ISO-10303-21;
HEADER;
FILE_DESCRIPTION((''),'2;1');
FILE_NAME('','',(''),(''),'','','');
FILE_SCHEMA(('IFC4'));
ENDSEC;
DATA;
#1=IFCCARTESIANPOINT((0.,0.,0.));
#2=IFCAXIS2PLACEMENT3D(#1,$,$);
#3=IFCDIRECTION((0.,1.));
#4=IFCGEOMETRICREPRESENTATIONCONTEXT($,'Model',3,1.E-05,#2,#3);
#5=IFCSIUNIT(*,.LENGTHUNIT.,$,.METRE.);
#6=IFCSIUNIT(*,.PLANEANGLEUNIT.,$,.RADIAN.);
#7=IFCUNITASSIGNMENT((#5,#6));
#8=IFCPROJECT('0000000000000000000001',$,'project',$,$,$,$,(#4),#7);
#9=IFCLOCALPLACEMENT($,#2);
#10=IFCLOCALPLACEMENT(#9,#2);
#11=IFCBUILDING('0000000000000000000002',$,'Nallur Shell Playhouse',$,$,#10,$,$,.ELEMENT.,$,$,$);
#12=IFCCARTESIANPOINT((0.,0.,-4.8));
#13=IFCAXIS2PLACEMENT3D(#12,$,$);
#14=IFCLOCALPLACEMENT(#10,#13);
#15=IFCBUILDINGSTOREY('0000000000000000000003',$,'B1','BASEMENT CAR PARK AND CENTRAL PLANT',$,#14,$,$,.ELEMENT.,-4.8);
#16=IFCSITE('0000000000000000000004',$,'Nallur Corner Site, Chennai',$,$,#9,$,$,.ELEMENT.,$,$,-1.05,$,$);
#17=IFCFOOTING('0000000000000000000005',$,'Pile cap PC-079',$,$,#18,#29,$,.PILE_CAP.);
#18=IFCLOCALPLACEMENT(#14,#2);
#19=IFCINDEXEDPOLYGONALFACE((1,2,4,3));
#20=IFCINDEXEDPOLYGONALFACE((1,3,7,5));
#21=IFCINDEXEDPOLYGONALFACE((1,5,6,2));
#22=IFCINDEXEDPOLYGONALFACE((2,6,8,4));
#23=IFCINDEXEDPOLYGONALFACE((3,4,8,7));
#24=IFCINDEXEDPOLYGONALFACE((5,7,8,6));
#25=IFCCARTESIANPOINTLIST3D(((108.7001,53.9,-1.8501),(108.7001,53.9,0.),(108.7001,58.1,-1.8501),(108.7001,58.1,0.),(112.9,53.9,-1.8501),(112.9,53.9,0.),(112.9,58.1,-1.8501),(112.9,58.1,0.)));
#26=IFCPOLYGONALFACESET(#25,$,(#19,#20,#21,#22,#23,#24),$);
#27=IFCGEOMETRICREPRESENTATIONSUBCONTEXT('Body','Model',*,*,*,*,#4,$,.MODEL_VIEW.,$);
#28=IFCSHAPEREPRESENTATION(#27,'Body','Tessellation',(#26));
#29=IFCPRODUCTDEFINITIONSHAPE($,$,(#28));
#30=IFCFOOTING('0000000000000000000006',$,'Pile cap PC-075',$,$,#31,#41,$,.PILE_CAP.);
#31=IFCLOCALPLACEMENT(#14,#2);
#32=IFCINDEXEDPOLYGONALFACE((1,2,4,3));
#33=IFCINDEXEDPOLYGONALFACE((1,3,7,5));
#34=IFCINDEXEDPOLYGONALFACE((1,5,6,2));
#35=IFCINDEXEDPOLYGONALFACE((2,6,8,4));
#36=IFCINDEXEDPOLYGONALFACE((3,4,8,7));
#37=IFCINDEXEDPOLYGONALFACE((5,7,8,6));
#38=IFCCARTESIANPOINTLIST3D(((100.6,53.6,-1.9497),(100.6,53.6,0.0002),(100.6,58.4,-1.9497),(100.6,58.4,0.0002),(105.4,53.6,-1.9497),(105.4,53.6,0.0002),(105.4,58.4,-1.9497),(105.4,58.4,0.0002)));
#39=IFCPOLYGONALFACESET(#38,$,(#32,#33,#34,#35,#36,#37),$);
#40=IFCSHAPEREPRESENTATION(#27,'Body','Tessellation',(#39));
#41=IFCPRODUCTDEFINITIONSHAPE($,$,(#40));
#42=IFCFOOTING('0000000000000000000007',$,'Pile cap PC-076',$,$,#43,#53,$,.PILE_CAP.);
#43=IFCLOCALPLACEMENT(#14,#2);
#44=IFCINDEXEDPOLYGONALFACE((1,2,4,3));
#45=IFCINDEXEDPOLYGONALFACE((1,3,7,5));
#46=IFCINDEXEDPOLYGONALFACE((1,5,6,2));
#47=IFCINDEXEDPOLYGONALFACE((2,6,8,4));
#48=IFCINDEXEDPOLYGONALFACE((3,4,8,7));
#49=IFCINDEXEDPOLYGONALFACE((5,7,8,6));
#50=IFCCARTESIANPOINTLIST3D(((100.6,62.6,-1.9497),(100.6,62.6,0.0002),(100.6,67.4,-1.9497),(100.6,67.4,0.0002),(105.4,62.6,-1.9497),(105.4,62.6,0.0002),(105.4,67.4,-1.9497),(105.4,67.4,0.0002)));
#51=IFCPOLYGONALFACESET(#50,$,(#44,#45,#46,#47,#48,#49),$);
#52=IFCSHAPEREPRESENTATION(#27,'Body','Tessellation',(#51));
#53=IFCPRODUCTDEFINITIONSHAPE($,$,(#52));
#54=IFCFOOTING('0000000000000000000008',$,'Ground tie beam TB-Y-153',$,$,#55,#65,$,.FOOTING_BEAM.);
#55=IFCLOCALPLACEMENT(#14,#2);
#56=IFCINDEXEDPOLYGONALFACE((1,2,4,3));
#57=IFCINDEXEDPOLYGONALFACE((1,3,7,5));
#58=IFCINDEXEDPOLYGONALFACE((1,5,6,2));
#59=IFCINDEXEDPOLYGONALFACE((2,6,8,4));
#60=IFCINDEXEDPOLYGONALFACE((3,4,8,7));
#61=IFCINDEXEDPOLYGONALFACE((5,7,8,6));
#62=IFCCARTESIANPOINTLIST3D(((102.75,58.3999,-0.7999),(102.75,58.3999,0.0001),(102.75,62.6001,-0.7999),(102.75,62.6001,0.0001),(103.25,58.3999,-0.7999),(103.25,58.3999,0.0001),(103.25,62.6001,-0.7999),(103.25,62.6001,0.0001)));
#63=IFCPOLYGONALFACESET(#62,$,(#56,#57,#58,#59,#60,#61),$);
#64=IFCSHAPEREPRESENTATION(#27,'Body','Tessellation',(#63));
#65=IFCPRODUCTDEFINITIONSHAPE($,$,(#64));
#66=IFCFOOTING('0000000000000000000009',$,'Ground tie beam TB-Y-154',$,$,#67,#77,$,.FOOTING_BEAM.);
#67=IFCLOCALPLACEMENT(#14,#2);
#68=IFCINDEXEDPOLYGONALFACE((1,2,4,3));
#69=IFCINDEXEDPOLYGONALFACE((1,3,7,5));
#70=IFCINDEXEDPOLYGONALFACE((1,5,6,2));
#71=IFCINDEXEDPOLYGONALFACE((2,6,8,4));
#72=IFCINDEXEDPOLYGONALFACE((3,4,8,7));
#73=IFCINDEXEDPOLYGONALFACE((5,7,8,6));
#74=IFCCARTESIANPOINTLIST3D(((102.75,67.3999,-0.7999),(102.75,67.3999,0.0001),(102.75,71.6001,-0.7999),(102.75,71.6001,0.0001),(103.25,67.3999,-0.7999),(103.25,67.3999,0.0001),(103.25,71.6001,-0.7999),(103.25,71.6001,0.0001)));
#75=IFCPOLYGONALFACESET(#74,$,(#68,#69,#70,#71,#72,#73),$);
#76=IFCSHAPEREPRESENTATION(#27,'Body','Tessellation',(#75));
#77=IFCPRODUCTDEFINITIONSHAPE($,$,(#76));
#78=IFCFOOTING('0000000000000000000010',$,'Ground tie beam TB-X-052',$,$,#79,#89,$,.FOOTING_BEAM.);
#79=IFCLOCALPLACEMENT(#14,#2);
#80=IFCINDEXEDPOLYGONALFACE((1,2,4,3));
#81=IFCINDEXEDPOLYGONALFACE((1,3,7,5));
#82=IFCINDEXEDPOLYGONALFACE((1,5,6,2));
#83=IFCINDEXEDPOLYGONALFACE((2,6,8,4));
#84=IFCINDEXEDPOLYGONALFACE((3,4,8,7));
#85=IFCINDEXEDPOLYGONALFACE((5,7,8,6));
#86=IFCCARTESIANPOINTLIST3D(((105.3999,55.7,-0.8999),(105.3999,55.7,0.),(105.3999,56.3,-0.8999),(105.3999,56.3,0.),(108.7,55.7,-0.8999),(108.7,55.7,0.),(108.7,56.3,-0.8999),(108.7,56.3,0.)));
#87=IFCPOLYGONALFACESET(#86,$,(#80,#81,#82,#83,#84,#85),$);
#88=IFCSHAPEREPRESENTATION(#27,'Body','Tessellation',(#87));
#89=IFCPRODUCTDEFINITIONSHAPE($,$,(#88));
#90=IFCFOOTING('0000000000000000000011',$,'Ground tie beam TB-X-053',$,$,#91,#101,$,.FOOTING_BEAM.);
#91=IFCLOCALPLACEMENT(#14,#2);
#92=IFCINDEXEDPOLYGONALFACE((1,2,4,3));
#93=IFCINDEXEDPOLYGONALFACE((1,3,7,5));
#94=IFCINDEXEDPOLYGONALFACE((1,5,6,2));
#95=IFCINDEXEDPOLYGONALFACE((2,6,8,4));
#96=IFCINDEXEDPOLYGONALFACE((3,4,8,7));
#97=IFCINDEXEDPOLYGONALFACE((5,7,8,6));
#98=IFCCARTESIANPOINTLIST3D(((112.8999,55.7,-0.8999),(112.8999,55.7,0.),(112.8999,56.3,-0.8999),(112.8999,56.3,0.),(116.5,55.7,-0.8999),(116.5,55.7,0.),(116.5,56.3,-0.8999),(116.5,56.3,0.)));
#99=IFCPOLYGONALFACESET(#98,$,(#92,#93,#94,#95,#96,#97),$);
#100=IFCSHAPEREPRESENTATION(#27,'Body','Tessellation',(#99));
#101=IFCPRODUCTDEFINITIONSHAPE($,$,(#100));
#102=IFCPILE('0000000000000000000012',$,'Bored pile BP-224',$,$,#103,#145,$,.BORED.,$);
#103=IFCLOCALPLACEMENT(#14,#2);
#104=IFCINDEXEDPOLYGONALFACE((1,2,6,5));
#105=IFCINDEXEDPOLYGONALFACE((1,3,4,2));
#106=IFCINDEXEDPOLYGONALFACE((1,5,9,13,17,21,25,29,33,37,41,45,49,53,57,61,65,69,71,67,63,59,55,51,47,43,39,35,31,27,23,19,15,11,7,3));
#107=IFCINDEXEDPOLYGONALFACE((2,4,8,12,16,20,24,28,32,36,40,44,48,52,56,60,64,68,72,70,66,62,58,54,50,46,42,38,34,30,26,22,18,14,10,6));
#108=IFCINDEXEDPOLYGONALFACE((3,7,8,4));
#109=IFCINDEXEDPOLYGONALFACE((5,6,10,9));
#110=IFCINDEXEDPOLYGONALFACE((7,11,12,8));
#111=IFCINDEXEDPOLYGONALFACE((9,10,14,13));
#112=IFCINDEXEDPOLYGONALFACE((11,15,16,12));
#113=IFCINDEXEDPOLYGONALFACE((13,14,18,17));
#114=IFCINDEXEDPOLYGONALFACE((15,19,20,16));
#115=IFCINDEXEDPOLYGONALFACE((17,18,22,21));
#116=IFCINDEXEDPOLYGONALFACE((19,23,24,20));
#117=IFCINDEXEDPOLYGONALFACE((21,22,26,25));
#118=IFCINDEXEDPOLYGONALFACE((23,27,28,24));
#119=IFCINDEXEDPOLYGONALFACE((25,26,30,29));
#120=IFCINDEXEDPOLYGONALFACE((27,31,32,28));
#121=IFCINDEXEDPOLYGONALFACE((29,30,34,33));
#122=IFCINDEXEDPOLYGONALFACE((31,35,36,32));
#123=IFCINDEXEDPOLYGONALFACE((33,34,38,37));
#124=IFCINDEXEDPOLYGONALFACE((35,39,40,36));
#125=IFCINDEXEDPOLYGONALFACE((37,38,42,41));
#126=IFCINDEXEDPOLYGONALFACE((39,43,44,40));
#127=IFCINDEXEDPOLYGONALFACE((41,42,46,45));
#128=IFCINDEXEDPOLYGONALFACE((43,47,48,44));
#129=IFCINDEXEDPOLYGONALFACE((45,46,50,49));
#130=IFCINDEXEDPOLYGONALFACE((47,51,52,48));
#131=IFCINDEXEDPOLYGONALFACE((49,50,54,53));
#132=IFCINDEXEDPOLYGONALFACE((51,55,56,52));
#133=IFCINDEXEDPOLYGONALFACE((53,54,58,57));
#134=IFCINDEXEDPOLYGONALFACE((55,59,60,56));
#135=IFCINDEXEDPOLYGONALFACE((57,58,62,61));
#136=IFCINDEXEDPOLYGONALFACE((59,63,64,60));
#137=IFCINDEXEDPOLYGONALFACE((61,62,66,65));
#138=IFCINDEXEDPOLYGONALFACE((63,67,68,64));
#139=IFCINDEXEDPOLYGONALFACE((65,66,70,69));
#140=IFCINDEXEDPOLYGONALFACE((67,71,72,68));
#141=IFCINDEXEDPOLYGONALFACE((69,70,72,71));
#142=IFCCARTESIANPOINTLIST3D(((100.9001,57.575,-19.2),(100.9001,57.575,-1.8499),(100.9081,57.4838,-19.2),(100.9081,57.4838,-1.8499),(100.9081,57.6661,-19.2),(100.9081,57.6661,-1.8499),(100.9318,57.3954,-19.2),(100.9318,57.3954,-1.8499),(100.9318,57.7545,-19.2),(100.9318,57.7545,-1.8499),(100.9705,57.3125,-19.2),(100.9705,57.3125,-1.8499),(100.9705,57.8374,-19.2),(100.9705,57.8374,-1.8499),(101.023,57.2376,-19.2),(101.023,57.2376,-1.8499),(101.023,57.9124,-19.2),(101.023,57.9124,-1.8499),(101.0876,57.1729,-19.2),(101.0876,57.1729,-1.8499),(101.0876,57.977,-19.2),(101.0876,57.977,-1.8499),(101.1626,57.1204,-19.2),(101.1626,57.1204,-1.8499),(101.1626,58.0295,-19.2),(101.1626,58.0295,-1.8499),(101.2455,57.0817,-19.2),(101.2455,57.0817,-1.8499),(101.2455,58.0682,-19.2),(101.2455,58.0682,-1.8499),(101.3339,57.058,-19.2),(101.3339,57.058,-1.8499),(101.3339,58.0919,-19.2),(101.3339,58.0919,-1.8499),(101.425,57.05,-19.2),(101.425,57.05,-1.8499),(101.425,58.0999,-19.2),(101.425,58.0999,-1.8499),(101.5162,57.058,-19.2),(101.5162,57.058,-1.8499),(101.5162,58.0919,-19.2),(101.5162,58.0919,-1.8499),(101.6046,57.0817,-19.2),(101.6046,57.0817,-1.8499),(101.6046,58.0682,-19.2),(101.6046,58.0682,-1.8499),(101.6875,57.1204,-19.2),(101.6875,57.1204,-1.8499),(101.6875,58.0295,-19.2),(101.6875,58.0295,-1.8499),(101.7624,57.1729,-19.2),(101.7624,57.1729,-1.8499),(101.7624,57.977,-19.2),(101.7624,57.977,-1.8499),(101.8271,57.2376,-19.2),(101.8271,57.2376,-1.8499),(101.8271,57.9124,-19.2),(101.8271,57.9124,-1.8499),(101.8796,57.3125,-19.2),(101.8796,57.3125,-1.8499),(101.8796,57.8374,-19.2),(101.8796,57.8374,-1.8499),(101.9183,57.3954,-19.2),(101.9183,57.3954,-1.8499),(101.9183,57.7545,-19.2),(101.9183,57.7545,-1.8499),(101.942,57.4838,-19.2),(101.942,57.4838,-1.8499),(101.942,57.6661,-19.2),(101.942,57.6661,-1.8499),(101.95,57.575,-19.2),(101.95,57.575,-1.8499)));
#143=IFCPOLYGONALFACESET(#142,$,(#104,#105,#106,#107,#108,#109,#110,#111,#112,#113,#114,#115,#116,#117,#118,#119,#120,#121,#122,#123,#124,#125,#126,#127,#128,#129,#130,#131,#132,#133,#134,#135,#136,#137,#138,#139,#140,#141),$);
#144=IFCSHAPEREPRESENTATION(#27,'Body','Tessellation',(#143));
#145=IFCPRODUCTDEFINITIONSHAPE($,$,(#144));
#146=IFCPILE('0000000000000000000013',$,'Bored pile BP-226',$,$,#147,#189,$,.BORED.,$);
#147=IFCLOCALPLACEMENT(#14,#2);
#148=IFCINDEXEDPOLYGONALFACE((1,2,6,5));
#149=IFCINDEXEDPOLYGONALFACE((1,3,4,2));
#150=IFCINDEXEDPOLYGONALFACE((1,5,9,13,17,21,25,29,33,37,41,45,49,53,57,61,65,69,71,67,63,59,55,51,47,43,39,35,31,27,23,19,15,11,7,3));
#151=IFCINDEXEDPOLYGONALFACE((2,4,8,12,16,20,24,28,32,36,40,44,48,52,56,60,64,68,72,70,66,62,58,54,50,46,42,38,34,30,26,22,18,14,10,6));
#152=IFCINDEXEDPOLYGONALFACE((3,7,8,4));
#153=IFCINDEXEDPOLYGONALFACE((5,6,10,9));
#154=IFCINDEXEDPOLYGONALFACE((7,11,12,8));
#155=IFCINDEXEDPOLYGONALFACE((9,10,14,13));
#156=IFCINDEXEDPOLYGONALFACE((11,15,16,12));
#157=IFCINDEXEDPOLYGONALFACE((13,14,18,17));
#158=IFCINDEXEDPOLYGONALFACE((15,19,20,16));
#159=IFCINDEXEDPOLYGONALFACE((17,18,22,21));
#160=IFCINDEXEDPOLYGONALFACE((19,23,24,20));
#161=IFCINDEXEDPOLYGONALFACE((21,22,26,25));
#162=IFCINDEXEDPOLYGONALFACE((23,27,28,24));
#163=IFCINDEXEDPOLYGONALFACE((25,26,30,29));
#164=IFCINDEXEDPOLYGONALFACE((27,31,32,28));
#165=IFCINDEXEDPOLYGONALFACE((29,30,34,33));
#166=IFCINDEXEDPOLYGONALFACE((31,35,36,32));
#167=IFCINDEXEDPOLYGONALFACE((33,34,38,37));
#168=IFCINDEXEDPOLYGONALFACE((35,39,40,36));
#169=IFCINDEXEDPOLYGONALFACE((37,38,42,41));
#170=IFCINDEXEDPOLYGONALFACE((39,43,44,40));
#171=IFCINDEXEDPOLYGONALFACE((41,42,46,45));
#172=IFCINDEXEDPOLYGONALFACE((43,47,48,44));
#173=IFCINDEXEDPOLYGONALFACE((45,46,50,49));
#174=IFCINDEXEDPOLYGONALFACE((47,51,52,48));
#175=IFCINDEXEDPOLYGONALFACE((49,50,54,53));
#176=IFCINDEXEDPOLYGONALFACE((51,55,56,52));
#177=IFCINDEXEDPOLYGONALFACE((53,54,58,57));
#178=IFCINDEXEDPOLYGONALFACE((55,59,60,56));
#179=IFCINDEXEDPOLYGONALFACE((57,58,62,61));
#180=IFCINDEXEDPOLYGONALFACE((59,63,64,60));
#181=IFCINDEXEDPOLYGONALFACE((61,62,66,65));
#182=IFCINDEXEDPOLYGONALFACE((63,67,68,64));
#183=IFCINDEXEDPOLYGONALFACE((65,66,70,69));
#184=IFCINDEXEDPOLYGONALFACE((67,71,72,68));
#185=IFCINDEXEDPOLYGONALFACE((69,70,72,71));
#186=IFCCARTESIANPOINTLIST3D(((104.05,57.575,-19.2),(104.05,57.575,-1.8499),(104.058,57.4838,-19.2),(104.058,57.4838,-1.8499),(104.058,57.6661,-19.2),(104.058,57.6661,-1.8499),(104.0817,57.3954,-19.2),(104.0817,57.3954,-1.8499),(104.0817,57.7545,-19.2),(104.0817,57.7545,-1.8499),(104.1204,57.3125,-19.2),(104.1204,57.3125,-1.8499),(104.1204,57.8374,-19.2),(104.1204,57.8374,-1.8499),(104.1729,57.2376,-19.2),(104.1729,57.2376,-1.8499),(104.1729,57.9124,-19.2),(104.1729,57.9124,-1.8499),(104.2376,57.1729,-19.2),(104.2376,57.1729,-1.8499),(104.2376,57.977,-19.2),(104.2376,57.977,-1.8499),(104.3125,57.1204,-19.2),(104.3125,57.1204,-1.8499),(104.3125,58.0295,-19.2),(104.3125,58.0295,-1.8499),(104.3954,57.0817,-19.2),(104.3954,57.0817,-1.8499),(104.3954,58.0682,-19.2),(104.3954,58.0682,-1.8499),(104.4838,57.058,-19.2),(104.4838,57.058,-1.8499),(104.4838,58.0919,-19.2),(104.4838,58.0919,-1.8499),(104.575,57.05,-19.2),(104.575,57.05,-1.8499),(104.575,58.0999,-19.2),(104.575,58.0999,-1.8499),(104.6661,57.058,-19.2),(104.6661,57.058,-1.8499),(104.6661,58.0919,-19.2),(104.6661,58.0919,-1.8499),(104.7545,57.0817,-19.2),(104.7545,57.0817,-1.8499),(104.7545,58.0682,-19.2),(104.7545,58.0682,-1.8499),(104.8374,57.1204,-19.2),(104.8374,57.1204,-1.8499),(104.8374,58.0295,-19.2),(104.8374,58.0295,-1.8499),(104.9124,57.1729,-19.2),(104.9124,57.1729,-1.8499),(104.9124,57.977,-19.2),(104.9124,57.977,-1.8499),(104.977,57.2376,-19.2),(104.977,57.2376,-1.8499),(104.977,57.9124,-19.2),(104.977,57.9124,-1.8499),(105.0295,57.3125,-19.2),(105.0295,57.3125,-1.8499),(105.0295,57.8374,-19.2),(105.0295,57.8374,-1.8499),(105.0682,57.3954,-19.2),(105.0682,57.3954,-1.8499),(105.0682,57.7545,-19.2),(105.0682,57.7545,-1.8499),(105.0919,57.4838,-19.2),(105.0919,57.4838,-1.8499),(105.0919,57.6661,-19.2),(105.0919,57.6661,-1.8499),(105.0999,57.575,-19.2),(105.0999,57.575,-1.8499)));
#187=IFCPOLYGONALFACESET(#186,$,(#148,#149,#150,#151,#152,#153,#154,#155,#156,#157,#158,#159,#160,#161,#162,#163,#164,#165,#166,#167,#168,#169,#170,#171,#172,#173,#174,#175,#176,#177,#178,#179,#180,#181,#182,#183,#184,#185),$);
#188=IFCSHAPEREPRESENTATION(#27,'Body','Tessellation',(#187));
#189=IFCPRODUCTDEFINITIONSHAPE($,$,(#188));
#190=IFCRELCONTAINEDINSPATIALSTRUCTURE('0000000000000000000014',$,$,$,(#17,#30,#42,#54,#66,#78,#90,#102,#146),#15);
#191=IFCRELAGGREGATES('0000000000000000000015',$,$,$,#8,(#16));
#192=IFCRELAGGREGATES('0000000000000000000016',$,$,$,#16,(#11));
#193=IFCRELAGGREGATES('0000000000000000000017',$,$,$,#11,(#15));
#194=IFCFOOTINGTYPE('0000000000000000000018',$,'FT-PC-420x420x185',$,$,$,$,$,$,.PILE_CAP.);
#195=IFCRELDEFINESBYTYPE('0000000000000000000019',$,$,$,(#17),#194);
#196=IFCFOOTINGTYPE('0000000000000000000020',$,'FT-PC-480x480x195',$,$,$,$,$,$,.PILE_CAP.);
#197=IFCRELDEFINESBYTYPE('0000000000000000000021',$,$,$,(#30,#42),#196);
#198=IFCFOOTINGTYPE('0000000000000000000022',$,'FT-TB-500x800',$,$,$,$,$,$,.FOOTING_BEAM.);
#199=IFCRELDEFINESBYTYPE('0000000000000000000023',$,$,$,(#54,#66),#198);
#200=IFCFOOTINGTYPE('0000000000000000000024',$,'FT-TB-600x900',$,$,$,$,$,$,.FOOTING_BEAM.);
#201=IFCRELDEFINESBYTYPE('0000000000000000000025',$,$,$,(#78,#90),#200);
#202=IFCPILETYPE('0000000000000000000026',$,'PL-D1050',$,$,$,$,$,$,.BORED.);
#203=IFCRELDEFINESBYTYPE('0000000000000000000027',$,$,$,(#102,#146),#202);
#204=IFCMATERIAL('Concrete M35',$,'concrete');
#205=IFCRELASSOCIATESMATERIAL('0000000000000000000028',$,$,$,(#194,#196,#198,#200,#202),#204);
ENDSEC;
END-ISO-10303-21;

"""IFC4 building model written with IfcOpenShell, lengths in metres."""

from ifc_helpers import new_model, si_unit, direction, frame, origin, origin_2d, place, context, subcontext, project, spatial, rectangle, circle, extrude, material, material_profile, profile_set, type_object, element, save


model = new_model("IFC4")

# Units and contexts
model_context = context("Model", 3, precision=1e-05, world=origin(), true_north=direction((0.0, 1.0)))
body_context = subcontext(model_context, "Body", "Model", "MODEL_VIEW")
ifc_project = project(units=[si_unit("LENGTHUNIT", "METRE"), si_unit("PLANEANGLEUNIT", "RADIAN")], contexts=[model_context])

# Site, building, storey
site_placement = place(None, origin())
site = spatial("IfcSite", under=ifc_project, at=site_placement, Name="Nallur Corner Site, Chennai", CompositionType="ELEMENT", RefElevation=-1.05)
building_placement = place(site_placement, origin())
building = spatial("IfcBuilding", under=site, at=building_placement, Name="Nallur Shell Playhouse", CompositionType="ELEMENT")
storey_placement = place(building_placement, frame((0.0, 0.0, -4.8)))
storey = spatial("IfcBuildingStorey", under=building, at=storey_placement, Name="B1", Description="BASEMENT CAR PARK AND CENTRAL PLANT", CompositionType="ELEMENT", Elevation=-4.8)

# Footings
ifc_material_1 = material(Name="Concrete M35", Category="concrete")
footing_type_1 = type_object("IfcFootingType", Name="FT-PC-420x420x185", PredefinedType="PILE_CAP", material=ifc_material_1)
footing_1_placement = place(storey_placement, frame((110.8, 56.0, -1.8501), z_axis=(0.0, 0.0, 1.0), x_axis=(1.0, 0.0, 0.0)))
element("IfcFooting", 1, at=footing_1_placement, inside=storey, type_object=footing_type_1, Name="Pile cap PC-079", PredefinedType="PILE_CAP", context=body_context, shape_type="SweptSolid", body=[
    extrude(rectangle(XDim=4.2, YDim=4.2, at=origin_2d()), origin(), (0.0, 0.0, 1.0), 1.8501),
])
footing_type_2 = type_object("IfcFootingType", Name="FT-PC-480x480x195", PredefinedType="PILE_CAP", material=ifc_material_1)
for number, where, z_axis, x_axis, name in (
    (2, (103.0, 56.0, -1.9497), (0.0, 0.0, 1.0), (1.0, 0.0, 0.0), "Pile cap PC-075"),
    (3, (103.0, 65.0, -1.9497), (0.0, 0.0, 1.0), (1.0, 0.0, 0.0), "Pile cap PC-076"),
):
    element("IfcFooting", number, at=place(storey_placement, frame(where, z_axis=z_axis, x_axis=x_axis)), inside=storey, type_object=footing_type_2, Name=name, PredefinedType="PILE_CAP", context=body_context, shape_type="SweptSolid", body=[
        extrude(rectangle(XDim=4.8, YDim=4.8, at=origin_2d()), origin(), (0.0, 0.0, 1.0), 1.95),
    ])
ifc_material_profile_1 = material_profile(ifc_material_1, rectangle(XDim=0.5, YDim=0.8, at=origin_2d()), Name="RC 500x800")
ifc_profile_set_1 = profile_set([ifc_material_profile_1], Name="Concrete M35")
footing_type_3 = type_object("IfcFootingType", Name="FT-TB-500x800", PredefinedType="FOOTING_BEAM", material=ifc_profile_set_1)
for number, where, z_axis, x_axis, name in (
    (4, (103.0, 58.3999, -0.3999), (0.0, 1.0, 0.0), (-1.0, 0.0, 0.0), "Ground tie beam TB-Y-153"),
    (5, (103.0, 67.3999, -0.3999), (0.0, 1.0, 0.0), (-1.0, 0.0, 0.0), "Ground tie beam TB-Y-154"),
):
    element("IfcFooting", number, at=place(storey_placement, frame(where, z_axis=z_axis, x_axis=x_axis)), inside=storey, type_object=footing_type_3, Name=name, PredefinedType="FOOTING_BEAM", context=body_context, shape_type="SweptSolid", body=[
        extrude(rectangle(XDim=0.5, YDim=0.8, at=origin_2d()), origin(), (0.0, 0.0, 1.0), 4.2002),
    ])
ifc_material_profile_2 = material_profile(ifc_material_1, rectangle(XDim=0.6001, YDim=0.8999, at=origin_2d()), Name="RC 600x900")
ifc_profile_set_2 = profile_set([ifc_material_profile_2], Name="Concrete M35")
footing_type_4 = type_object("IfcFootingType", Name="FT-TB-600x900", PredefinedType="FOOTING_BEAM", material=ifc_profile_set_2)
footing_2_placement = place(storey_placement, frame((105.3999, 56.0, -0.45), z_axis=(1.0, 0.0, 0.0), x_axis=(0.0, 1.0, 0.0)))
element("IfcFooting", 6, at=footing_2_placement, inside=storey, type_object=footing_type_4, Name="Ground tie beam TB-X-052", PredefinedType="FOOTING_BEAM", context=body_context, shape_type="SweptSolid", body=[
    extrude(rectangle(XDim=0.6001, YDim=0.8999, at=origin_2d()), origin(), (0.0, 0.0, 1.0), 3.3),
])
footing_3_placement = place(storey_placement, frame((112.8999, 56.0, -0.45), z_axis=(1.0, 0.0, 0.0), x_axis=(0.0, 1.0, 0.0)))
element("IfcFooting", 7, at=footing_3_placement, inside=storey, type_object=footing_type_4, Name="Ground tie beam TB-X-053", PredefinedType="FOOTING_BEAM", context=body_context, shape_type="SweptSolid", body=[
    extrude(rectangle(XDim=0.6001, YDim=0.8999, at=origin_2d()), origin(), (0.0, 0.0, 1.0), 3.6001),
])

# Piles
ifc_material_profile_3 = material_profile(ifc_material_1, circle(Radius=0.5249, at=origin_2d()), Name="BORED PILE D1050")
ifc_profile_set_3 = profile_set([ifc_material_profile_3], Name="Concrete M35")
pile_type_1 = type_object("IfcPileType", Name="PL-D1050", PredefinedType="BORED", material=ifc_profile_set_3)
for number, where, z_axis, x_axis, name in (
    (8, (101.425, 57.575, -1.8499), (0.0, 0.0, -1.0), (1.0, 0.0, 0.0), "Bored pile BP-224"),
    (9, (104.575, 57.575, -1.8499), (0.0, 0.0, -1.0), (1.0, 0.0, 0.0), "Bored pile BP-226"),
):
    element("IfcPile", number, at=place(storey_placement, frame(where, z_axis=z_axis, x_axis=x_axis)), inside=storey, type_object=pile_type_1, Name=name, PredefinedType="BORED", context=body_context, shape_type="SweptSolid", body=[
        extrude(circle(Radius=0.5249, at=origin_2d()), origin(), (0.0, 0.0, 1.0), 17.3501),
    ])

save(model, "model.ifc")
